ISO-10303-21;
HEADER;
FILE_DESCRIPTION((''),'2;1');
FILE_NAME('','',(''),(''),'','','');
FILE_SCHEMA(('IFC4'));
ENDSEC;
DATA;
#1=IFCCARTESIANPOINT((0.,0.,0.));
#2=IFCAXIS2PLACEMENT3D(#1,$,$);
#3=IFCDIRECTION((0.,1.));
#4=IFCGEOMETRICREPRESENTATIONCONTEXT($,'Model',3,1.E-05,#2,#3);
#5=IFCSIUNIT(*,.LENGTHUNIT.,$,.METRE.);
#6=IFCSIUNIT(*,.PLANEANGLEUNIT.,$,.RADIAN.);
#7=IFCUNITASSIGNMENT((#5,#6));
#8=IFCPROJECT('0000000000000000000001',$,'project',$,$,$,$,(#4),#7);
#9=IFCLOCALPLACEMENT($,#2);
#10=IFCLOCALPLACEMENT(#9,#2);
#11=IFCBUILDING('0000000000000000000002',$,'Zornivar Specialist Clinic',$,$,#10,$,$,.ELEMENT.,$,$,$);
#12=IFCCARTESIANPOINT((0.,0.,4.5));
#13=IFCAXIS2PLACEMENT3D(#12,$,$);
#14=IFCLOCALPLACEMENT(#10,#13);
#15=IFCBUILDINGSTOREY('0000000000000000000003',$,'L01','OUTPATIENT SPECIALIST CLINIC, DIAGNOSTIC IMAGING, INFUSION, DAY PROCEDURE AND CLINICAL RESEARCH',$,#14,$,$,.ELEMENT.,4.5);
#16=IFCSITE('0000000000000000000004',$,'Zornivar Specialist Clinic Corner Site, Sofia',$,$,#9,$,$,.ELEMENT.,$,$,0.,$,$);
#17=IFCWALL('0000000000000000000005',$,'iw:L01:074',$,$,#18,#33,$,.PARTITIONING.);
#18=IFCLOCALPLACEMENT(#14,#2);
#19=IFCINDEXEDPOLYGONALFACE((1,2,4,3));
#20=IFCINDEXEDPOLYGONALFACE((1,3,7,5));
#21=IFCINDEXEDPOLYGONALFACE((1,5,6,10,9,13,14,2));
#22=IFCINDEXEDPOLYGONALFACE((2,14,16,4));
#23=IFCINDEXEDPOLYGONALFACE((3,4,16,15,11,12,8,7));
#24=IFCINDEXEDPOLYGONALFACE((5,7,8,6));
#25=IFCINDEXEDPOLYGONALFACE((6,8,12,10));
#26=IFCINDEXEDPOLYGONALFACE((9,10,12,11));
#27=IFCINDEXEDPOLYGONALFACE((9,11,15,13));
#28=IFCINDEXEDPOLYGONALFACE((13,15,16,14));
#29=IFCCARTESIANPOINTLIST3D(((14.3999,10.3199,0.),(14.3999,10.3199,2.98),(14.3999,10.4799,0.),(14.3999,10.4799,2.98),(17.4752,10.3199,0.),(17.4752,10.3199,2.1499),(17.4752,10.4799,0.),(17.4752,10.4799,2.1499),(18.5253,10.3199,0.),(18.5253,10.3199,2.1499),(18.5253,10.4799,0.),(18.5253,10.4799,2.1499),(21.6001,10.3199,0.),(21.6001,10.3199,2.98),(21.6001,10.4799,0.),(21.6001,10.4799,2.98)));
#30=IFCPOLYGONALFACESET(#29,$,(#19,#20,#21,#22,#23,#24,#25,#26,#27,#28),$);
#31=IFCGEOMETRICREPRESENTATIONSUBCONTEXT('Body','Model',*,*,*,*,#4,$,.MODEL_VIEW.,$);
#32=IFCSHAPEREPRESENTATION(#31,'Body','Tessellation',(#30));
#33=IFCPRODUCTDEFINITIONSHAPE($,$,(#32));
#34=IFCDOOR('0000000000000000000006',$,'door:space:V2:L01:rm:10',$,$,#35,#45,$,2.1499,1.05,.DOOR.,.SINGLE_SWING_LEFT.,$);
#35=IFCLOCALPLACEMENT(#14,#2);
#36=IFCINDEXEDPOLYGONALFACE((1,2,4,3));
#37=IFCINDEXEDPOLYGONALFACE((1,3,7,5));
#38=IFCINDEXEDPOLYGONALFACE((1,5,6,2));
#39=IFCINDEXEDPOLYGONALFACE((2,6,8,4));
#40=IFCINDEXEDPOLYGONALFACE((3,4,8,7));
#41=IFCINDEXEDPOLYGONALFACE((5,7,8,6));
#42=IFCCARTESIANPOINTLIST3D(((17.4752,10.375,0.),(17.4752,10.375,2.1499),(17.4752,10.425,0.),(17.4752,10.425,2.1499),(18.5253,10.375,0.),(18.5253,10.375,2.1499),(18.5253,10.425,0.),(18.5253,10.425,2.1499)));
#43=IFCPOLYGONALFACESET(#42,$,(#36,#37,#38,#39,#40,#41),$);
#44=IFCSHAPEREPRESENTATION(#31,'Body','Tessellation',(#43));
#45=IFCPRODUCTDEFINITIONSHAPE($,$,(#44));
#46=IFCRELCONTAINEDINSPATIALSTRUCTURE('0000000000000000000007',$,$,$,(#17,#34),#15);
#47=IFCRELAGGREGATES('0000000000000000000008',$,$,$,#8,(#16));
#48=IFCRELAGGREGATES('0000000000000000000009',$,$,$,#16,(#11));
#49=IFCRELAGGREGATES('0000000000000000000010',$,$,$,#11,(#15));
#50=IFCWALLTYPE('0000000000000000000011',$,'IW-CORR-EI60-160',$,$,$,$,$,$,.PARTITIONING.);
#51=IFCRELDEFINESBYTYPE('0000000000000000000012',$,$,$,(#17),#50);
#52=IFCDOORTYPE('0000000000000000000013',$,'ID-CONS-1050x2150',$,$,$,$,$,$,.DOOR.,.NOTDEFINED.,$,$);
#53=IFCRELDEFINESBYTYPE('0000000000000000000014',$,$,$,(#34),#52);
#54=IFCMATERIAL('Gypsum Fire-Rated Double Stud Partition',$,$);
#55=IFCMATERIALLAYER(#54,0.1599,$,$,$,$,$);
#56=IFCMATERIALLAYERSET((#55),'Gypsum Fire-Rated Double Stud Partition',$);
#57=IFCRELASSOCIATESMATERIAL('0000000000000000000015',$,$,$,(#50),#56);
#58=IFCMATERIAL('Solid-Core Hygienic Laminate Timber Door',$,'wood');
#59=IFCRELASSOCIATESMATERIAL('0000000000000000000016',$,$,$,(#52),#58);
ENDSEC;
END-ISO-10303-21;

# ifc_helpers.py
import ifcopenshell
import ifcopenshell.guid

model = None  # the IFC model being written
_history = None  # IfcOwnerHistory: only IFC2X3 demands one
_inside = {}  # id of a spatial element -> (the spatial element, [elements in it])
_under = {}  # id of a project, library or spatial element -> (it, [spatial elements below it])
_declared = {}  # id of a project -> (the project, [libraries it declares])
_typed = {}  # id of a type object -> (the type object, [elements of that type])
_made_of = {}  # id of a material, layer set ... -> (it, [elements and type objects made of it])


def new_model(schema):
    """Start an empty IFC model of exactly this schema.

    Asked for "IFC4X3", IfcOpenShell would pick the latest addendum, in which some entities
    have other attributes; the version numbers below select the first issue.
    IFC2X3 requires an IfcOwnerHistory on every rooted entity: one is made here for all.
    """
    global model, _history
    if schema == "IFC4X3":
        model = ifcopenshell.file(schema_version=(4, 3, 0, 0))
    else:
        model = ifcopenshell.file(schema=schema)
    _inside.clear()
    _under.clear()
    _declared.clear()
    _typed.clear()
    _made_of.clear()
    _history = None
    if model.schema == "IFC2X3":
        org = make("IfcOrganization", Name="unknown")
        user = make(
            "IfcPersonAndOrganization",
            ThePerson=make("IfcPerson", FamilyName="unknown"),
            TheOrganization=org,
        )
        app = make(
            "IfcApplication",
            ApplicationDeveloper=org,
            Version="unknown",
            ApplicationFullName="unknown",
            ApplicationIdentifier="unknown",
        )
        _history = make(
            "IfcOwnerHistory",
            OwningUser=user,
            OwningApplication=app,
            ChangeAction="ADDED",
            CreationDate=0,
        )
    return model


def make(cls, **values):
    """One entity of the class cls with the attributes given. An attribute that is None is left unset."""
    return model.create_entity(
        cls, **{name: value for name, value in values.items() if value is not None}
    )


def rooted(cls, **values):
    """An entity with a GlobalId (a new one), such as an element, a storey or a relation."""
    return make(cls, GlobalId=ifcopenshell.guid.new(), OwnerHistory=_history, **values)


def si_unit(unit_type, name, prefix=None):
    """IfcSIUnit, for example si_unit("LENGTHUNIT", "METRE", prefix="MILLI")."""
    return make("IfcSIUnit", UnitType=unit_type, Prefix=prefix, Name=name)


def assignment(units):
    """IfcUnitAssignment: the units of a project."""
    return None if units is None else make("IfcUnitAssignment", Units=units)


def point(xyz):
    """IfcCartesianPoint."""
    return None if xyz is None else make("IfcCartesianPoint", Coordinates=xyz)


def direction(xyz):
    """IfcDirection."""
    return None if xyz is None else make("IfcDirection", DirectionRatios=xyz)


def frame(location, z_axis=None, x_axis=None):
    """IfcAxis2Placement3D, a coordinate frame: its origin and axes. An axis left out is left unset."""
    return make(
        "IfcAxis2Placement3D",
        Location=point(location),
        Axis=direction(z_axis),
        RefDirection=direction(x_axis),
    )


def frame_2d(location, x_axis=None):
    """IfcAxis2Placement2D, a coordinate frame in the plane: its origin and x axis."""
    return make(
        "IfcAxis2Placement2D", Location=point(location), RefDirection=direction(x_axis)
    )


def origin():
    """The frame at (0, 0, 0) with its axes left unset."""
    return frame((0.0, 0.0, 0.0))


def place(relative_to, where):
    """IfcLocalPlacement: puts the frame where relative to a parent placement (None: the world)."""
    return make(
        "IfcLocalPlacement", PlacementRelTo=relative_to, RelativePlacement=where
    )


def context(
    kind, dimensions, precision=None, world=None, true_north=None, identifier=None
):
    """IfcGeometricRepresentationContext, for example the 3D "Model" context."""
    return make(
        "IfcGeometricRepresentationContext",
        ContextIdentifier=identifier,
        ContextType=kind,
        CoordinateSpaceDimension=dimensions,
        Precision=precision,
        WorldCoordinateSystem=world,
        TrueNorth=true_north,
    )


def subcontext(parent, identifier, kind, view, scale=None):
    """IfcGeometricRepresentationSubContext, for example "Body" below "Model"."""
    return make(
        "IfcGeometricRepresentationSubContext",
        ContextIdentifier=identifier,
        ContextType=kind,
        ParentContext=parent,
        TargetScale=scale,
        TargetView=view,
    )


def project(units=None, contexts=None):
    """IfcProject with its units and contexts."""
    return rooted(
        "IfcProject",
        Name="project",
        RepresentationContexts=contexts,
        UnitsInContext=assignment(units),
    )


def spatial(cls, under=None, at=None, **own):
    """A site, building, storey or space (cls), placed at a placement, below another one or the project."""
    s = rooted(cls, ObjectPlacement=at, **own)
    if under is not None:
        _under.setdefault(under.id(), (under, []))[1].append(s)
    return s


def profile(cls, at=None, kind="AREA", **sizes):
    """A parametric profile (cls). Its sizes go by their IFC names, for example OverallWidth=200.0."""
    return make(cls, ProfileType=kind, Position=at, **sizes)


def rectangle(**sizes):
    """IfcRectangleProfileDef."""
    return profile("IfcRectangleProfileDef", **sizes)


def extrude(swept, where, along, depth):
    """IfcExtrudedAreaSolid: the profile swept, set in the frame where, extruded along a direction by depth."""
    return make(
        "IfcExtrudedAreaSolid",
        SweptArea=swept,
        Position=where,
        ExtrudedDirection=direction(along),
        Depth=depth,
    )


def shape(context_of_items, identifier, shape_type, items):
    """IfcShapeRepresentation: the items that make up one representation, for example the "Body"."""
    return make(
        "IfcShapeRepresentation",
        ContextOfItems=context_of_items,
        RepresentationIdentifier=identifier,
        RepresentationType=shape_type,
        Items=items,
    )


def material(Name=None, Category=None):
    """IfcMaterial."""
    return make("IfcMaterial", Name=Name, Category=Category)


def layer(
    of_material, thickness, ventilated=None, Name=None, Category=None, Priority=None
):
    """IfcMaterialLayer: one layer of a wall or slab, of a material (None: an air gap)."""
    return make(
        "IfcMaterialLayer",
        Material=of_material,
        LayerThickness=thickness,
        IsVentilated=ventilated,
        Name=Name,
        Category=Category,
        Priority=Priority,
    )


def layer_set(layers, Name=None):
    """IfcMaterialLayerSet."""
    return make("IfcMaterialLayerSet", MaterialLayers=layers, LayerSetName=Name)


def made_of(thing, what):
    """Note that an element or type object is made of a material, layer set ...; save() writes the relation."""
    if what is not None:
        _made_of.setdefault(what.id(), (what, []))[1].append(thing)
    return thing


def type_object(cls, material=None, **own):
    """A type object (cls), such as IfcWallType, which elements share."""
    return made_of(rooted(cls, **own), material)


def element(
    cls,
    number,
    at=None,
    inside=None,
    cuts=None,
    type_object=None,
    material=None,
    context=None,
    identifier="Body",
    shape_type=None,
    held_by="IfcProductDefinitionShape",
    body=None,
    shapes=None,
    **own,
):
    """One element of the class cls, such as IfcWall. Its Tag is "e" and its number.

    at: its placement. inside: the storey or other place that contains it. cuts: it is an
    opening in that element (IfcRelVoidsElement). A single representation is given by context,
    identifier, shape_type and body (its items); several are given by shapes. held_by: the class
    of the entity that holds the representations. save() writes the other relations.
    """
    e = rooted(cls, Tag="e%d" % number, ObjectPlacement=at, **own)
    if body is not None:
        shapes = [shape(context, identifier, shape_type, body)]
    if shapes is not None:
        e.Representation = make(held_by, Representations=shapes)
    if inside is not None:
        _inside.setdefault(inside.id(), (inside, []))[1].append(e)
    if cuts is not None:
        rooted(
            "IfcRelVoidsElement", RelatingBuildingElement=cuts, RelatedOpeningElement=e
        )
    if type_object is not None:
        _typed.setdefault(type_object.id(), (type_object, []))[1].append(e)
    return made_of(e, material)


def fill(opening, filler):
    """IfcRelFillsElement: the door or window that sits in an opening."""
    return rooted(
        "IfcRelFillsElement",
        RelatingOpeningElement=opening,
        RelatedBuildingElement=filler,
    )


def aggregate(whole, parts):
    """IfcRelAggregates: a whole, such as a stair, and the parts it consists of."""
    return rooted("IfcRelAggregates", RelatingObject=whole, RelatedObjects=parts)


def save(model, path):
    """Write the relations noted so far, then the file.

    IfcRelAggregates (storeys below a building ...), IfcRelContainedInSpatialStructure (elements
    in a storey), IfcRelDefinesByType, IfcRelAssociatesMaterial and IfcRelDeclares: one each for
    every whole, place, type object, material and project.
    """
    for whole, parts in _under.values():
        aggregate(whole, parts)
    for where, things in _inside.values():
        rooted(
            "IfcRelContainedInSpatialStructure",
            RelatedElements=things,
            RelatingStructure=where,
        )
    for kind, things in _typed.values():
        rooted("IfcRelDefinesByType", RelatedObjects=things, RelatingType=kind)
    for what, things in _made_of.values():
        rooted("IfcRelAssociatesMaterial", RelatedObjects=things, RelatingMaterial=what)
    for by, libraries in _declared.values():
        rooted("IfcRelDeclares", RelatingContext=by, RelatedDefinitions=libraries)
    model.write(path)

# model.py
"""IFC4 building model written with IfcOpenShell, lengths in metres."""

from ifc_helpers import new_model, si_unit, direction, frame, frame_2d, origin, place, context, subcontext, project, spatial, rectangle, extrude, material, layer, layer_set, type_object, element, fill, save


model = new_model("IFC4")

# Units and contexts
model_context = context("Model", 3, precision=1e-05, world=origin(), true_north=direction((0.0, 1.0)))
body_context = subcontext(model_context, "Body", "Model", "MODEL_VIEW")
ifc_project = project(units=[si_unit("LENGTHUNIT", "METRE"), si_unit("PLANEANGLEUNIT", "RADIAN")], contexts=[model_context])

# Site, building, storey
site_placement = place(None, origin())
site = spatial("IfcSite", under=ifc_project, at=site_placement, Name="Zornivar Specialist Clinic Corner Site, Sofia", CompositionType="ELEMENT", RefElevation=0.0)
building_placement = place(site_placement, origin())
building = spatial("IfcBuilding", under=site, at=building_placement, Name="Zornivar Specialist Clinic", CompositionType="ELEMENT")
storey_placement = place(building_placement, frame((0.0, 0.0, 4.5)))
storey = spatial("IfcBuildingStorey", under=building, at=storey_placement, Name="L01", Description="OUTPATIENT SPECIALIST CLINIC, DIAGNOSTIC IMAGING, INFUSION, DAY PROCEDURE AND CLINICAL RESEARCH", CompositionType="ELEMENT", Elevation=4.5)

# Wall, opening, door
ifc_material_1 = material(Name="Gypsum Fire-Rated Double Stud Partition")
ifc_layer_1 = layer(ifc_material_1, 0.1599)
ifc_layer_set_1 = layer_set([ifc_layer_1], Name="Gypsum Fire-Rated Double Stud Partition")
wall_type_1 = type_object("IfcWallType", Name="IW-CORR-EI60-160", PredefinedType="PARTITIONING", material=ifc_layer_set_1)
wall_1_placement = place(storey_placement, frame((21.6001, 10.3999, 0.0), z_axis=(0.0, 0.0, 1.0), x_axis=(-1.0, 0.0, 0.0)))
wall_1 = element("IfcWall", 1, at=wall_1_placement, inside=storey, type_object=wall_type_1, Name="iw:L01:074", PredefinedType="PARTITIONING", context=body_context, shape_type="SweptSolid", body=[
    extrude(rectangle(XDim=7.2002, YDim=0.1599, at=frame_2d((3.6001, 0.0))), origin(), (0.0, 0.0, 1.0), 2.98),
])
opening_1_placement = place(wall_1_placement, frame((3.075, 0.0, 0.0)))
opening_1 = element("IfcOpeningElement", 2, at=opening_1_placement, cuts=wall_1, PredefinedType="OPENING", context=body_context, shape_type="SweptSolid", body=[
    extrude(rectangle(XDim=1.05, YDim=2.1499, at=frame_2d((0.5249, 1.075))), frame((0.0, 0.0898, 0.0), z_axis=(0.0, -1.0, 0.0), x_axis=(1.0, 0.0, 0.0)), (0.0, 0.0, 1.0), 0.1799),
])
ifc_material_2 = material(Name="Solid-Core Hygienic Laminate Timber Door", Category="wood")
door_type_1 = type_object("IfcDoorType", Name="ID-CONS-1050x2150", OperationType="NOTDEFINED", PredefinedType="DOOR", material=ifc_material_2)
door_1_placement = place(opening_1_placement, origin())
door_1 = element("IfcDoor", 3, at=door_1_placement, inside=storey, type_object=door_type_1, Name="door:space:V2:L01:rm:10", OperationType="SINGLE_SWING_LEFT", OverallHeight=2.1499, OverallWidth=1.05, PredefinedType="DOOR", context=body_context, shape_type="SweptSolid", body=[
    extrude(rectangle(XDim=1.05, YDim=2.1499, at=frame_2d((0.5249, 1.075))), frame((0.0, 0.0249, 0.0), z_axis=(0.0, -1.0, 0.0), x_axis=(1.0, 0.0, 0.0)), (0.0, 0.0, 1.0), 0.05),
])
fill(opening_1, door_1)

save(model, "model.ifc")
